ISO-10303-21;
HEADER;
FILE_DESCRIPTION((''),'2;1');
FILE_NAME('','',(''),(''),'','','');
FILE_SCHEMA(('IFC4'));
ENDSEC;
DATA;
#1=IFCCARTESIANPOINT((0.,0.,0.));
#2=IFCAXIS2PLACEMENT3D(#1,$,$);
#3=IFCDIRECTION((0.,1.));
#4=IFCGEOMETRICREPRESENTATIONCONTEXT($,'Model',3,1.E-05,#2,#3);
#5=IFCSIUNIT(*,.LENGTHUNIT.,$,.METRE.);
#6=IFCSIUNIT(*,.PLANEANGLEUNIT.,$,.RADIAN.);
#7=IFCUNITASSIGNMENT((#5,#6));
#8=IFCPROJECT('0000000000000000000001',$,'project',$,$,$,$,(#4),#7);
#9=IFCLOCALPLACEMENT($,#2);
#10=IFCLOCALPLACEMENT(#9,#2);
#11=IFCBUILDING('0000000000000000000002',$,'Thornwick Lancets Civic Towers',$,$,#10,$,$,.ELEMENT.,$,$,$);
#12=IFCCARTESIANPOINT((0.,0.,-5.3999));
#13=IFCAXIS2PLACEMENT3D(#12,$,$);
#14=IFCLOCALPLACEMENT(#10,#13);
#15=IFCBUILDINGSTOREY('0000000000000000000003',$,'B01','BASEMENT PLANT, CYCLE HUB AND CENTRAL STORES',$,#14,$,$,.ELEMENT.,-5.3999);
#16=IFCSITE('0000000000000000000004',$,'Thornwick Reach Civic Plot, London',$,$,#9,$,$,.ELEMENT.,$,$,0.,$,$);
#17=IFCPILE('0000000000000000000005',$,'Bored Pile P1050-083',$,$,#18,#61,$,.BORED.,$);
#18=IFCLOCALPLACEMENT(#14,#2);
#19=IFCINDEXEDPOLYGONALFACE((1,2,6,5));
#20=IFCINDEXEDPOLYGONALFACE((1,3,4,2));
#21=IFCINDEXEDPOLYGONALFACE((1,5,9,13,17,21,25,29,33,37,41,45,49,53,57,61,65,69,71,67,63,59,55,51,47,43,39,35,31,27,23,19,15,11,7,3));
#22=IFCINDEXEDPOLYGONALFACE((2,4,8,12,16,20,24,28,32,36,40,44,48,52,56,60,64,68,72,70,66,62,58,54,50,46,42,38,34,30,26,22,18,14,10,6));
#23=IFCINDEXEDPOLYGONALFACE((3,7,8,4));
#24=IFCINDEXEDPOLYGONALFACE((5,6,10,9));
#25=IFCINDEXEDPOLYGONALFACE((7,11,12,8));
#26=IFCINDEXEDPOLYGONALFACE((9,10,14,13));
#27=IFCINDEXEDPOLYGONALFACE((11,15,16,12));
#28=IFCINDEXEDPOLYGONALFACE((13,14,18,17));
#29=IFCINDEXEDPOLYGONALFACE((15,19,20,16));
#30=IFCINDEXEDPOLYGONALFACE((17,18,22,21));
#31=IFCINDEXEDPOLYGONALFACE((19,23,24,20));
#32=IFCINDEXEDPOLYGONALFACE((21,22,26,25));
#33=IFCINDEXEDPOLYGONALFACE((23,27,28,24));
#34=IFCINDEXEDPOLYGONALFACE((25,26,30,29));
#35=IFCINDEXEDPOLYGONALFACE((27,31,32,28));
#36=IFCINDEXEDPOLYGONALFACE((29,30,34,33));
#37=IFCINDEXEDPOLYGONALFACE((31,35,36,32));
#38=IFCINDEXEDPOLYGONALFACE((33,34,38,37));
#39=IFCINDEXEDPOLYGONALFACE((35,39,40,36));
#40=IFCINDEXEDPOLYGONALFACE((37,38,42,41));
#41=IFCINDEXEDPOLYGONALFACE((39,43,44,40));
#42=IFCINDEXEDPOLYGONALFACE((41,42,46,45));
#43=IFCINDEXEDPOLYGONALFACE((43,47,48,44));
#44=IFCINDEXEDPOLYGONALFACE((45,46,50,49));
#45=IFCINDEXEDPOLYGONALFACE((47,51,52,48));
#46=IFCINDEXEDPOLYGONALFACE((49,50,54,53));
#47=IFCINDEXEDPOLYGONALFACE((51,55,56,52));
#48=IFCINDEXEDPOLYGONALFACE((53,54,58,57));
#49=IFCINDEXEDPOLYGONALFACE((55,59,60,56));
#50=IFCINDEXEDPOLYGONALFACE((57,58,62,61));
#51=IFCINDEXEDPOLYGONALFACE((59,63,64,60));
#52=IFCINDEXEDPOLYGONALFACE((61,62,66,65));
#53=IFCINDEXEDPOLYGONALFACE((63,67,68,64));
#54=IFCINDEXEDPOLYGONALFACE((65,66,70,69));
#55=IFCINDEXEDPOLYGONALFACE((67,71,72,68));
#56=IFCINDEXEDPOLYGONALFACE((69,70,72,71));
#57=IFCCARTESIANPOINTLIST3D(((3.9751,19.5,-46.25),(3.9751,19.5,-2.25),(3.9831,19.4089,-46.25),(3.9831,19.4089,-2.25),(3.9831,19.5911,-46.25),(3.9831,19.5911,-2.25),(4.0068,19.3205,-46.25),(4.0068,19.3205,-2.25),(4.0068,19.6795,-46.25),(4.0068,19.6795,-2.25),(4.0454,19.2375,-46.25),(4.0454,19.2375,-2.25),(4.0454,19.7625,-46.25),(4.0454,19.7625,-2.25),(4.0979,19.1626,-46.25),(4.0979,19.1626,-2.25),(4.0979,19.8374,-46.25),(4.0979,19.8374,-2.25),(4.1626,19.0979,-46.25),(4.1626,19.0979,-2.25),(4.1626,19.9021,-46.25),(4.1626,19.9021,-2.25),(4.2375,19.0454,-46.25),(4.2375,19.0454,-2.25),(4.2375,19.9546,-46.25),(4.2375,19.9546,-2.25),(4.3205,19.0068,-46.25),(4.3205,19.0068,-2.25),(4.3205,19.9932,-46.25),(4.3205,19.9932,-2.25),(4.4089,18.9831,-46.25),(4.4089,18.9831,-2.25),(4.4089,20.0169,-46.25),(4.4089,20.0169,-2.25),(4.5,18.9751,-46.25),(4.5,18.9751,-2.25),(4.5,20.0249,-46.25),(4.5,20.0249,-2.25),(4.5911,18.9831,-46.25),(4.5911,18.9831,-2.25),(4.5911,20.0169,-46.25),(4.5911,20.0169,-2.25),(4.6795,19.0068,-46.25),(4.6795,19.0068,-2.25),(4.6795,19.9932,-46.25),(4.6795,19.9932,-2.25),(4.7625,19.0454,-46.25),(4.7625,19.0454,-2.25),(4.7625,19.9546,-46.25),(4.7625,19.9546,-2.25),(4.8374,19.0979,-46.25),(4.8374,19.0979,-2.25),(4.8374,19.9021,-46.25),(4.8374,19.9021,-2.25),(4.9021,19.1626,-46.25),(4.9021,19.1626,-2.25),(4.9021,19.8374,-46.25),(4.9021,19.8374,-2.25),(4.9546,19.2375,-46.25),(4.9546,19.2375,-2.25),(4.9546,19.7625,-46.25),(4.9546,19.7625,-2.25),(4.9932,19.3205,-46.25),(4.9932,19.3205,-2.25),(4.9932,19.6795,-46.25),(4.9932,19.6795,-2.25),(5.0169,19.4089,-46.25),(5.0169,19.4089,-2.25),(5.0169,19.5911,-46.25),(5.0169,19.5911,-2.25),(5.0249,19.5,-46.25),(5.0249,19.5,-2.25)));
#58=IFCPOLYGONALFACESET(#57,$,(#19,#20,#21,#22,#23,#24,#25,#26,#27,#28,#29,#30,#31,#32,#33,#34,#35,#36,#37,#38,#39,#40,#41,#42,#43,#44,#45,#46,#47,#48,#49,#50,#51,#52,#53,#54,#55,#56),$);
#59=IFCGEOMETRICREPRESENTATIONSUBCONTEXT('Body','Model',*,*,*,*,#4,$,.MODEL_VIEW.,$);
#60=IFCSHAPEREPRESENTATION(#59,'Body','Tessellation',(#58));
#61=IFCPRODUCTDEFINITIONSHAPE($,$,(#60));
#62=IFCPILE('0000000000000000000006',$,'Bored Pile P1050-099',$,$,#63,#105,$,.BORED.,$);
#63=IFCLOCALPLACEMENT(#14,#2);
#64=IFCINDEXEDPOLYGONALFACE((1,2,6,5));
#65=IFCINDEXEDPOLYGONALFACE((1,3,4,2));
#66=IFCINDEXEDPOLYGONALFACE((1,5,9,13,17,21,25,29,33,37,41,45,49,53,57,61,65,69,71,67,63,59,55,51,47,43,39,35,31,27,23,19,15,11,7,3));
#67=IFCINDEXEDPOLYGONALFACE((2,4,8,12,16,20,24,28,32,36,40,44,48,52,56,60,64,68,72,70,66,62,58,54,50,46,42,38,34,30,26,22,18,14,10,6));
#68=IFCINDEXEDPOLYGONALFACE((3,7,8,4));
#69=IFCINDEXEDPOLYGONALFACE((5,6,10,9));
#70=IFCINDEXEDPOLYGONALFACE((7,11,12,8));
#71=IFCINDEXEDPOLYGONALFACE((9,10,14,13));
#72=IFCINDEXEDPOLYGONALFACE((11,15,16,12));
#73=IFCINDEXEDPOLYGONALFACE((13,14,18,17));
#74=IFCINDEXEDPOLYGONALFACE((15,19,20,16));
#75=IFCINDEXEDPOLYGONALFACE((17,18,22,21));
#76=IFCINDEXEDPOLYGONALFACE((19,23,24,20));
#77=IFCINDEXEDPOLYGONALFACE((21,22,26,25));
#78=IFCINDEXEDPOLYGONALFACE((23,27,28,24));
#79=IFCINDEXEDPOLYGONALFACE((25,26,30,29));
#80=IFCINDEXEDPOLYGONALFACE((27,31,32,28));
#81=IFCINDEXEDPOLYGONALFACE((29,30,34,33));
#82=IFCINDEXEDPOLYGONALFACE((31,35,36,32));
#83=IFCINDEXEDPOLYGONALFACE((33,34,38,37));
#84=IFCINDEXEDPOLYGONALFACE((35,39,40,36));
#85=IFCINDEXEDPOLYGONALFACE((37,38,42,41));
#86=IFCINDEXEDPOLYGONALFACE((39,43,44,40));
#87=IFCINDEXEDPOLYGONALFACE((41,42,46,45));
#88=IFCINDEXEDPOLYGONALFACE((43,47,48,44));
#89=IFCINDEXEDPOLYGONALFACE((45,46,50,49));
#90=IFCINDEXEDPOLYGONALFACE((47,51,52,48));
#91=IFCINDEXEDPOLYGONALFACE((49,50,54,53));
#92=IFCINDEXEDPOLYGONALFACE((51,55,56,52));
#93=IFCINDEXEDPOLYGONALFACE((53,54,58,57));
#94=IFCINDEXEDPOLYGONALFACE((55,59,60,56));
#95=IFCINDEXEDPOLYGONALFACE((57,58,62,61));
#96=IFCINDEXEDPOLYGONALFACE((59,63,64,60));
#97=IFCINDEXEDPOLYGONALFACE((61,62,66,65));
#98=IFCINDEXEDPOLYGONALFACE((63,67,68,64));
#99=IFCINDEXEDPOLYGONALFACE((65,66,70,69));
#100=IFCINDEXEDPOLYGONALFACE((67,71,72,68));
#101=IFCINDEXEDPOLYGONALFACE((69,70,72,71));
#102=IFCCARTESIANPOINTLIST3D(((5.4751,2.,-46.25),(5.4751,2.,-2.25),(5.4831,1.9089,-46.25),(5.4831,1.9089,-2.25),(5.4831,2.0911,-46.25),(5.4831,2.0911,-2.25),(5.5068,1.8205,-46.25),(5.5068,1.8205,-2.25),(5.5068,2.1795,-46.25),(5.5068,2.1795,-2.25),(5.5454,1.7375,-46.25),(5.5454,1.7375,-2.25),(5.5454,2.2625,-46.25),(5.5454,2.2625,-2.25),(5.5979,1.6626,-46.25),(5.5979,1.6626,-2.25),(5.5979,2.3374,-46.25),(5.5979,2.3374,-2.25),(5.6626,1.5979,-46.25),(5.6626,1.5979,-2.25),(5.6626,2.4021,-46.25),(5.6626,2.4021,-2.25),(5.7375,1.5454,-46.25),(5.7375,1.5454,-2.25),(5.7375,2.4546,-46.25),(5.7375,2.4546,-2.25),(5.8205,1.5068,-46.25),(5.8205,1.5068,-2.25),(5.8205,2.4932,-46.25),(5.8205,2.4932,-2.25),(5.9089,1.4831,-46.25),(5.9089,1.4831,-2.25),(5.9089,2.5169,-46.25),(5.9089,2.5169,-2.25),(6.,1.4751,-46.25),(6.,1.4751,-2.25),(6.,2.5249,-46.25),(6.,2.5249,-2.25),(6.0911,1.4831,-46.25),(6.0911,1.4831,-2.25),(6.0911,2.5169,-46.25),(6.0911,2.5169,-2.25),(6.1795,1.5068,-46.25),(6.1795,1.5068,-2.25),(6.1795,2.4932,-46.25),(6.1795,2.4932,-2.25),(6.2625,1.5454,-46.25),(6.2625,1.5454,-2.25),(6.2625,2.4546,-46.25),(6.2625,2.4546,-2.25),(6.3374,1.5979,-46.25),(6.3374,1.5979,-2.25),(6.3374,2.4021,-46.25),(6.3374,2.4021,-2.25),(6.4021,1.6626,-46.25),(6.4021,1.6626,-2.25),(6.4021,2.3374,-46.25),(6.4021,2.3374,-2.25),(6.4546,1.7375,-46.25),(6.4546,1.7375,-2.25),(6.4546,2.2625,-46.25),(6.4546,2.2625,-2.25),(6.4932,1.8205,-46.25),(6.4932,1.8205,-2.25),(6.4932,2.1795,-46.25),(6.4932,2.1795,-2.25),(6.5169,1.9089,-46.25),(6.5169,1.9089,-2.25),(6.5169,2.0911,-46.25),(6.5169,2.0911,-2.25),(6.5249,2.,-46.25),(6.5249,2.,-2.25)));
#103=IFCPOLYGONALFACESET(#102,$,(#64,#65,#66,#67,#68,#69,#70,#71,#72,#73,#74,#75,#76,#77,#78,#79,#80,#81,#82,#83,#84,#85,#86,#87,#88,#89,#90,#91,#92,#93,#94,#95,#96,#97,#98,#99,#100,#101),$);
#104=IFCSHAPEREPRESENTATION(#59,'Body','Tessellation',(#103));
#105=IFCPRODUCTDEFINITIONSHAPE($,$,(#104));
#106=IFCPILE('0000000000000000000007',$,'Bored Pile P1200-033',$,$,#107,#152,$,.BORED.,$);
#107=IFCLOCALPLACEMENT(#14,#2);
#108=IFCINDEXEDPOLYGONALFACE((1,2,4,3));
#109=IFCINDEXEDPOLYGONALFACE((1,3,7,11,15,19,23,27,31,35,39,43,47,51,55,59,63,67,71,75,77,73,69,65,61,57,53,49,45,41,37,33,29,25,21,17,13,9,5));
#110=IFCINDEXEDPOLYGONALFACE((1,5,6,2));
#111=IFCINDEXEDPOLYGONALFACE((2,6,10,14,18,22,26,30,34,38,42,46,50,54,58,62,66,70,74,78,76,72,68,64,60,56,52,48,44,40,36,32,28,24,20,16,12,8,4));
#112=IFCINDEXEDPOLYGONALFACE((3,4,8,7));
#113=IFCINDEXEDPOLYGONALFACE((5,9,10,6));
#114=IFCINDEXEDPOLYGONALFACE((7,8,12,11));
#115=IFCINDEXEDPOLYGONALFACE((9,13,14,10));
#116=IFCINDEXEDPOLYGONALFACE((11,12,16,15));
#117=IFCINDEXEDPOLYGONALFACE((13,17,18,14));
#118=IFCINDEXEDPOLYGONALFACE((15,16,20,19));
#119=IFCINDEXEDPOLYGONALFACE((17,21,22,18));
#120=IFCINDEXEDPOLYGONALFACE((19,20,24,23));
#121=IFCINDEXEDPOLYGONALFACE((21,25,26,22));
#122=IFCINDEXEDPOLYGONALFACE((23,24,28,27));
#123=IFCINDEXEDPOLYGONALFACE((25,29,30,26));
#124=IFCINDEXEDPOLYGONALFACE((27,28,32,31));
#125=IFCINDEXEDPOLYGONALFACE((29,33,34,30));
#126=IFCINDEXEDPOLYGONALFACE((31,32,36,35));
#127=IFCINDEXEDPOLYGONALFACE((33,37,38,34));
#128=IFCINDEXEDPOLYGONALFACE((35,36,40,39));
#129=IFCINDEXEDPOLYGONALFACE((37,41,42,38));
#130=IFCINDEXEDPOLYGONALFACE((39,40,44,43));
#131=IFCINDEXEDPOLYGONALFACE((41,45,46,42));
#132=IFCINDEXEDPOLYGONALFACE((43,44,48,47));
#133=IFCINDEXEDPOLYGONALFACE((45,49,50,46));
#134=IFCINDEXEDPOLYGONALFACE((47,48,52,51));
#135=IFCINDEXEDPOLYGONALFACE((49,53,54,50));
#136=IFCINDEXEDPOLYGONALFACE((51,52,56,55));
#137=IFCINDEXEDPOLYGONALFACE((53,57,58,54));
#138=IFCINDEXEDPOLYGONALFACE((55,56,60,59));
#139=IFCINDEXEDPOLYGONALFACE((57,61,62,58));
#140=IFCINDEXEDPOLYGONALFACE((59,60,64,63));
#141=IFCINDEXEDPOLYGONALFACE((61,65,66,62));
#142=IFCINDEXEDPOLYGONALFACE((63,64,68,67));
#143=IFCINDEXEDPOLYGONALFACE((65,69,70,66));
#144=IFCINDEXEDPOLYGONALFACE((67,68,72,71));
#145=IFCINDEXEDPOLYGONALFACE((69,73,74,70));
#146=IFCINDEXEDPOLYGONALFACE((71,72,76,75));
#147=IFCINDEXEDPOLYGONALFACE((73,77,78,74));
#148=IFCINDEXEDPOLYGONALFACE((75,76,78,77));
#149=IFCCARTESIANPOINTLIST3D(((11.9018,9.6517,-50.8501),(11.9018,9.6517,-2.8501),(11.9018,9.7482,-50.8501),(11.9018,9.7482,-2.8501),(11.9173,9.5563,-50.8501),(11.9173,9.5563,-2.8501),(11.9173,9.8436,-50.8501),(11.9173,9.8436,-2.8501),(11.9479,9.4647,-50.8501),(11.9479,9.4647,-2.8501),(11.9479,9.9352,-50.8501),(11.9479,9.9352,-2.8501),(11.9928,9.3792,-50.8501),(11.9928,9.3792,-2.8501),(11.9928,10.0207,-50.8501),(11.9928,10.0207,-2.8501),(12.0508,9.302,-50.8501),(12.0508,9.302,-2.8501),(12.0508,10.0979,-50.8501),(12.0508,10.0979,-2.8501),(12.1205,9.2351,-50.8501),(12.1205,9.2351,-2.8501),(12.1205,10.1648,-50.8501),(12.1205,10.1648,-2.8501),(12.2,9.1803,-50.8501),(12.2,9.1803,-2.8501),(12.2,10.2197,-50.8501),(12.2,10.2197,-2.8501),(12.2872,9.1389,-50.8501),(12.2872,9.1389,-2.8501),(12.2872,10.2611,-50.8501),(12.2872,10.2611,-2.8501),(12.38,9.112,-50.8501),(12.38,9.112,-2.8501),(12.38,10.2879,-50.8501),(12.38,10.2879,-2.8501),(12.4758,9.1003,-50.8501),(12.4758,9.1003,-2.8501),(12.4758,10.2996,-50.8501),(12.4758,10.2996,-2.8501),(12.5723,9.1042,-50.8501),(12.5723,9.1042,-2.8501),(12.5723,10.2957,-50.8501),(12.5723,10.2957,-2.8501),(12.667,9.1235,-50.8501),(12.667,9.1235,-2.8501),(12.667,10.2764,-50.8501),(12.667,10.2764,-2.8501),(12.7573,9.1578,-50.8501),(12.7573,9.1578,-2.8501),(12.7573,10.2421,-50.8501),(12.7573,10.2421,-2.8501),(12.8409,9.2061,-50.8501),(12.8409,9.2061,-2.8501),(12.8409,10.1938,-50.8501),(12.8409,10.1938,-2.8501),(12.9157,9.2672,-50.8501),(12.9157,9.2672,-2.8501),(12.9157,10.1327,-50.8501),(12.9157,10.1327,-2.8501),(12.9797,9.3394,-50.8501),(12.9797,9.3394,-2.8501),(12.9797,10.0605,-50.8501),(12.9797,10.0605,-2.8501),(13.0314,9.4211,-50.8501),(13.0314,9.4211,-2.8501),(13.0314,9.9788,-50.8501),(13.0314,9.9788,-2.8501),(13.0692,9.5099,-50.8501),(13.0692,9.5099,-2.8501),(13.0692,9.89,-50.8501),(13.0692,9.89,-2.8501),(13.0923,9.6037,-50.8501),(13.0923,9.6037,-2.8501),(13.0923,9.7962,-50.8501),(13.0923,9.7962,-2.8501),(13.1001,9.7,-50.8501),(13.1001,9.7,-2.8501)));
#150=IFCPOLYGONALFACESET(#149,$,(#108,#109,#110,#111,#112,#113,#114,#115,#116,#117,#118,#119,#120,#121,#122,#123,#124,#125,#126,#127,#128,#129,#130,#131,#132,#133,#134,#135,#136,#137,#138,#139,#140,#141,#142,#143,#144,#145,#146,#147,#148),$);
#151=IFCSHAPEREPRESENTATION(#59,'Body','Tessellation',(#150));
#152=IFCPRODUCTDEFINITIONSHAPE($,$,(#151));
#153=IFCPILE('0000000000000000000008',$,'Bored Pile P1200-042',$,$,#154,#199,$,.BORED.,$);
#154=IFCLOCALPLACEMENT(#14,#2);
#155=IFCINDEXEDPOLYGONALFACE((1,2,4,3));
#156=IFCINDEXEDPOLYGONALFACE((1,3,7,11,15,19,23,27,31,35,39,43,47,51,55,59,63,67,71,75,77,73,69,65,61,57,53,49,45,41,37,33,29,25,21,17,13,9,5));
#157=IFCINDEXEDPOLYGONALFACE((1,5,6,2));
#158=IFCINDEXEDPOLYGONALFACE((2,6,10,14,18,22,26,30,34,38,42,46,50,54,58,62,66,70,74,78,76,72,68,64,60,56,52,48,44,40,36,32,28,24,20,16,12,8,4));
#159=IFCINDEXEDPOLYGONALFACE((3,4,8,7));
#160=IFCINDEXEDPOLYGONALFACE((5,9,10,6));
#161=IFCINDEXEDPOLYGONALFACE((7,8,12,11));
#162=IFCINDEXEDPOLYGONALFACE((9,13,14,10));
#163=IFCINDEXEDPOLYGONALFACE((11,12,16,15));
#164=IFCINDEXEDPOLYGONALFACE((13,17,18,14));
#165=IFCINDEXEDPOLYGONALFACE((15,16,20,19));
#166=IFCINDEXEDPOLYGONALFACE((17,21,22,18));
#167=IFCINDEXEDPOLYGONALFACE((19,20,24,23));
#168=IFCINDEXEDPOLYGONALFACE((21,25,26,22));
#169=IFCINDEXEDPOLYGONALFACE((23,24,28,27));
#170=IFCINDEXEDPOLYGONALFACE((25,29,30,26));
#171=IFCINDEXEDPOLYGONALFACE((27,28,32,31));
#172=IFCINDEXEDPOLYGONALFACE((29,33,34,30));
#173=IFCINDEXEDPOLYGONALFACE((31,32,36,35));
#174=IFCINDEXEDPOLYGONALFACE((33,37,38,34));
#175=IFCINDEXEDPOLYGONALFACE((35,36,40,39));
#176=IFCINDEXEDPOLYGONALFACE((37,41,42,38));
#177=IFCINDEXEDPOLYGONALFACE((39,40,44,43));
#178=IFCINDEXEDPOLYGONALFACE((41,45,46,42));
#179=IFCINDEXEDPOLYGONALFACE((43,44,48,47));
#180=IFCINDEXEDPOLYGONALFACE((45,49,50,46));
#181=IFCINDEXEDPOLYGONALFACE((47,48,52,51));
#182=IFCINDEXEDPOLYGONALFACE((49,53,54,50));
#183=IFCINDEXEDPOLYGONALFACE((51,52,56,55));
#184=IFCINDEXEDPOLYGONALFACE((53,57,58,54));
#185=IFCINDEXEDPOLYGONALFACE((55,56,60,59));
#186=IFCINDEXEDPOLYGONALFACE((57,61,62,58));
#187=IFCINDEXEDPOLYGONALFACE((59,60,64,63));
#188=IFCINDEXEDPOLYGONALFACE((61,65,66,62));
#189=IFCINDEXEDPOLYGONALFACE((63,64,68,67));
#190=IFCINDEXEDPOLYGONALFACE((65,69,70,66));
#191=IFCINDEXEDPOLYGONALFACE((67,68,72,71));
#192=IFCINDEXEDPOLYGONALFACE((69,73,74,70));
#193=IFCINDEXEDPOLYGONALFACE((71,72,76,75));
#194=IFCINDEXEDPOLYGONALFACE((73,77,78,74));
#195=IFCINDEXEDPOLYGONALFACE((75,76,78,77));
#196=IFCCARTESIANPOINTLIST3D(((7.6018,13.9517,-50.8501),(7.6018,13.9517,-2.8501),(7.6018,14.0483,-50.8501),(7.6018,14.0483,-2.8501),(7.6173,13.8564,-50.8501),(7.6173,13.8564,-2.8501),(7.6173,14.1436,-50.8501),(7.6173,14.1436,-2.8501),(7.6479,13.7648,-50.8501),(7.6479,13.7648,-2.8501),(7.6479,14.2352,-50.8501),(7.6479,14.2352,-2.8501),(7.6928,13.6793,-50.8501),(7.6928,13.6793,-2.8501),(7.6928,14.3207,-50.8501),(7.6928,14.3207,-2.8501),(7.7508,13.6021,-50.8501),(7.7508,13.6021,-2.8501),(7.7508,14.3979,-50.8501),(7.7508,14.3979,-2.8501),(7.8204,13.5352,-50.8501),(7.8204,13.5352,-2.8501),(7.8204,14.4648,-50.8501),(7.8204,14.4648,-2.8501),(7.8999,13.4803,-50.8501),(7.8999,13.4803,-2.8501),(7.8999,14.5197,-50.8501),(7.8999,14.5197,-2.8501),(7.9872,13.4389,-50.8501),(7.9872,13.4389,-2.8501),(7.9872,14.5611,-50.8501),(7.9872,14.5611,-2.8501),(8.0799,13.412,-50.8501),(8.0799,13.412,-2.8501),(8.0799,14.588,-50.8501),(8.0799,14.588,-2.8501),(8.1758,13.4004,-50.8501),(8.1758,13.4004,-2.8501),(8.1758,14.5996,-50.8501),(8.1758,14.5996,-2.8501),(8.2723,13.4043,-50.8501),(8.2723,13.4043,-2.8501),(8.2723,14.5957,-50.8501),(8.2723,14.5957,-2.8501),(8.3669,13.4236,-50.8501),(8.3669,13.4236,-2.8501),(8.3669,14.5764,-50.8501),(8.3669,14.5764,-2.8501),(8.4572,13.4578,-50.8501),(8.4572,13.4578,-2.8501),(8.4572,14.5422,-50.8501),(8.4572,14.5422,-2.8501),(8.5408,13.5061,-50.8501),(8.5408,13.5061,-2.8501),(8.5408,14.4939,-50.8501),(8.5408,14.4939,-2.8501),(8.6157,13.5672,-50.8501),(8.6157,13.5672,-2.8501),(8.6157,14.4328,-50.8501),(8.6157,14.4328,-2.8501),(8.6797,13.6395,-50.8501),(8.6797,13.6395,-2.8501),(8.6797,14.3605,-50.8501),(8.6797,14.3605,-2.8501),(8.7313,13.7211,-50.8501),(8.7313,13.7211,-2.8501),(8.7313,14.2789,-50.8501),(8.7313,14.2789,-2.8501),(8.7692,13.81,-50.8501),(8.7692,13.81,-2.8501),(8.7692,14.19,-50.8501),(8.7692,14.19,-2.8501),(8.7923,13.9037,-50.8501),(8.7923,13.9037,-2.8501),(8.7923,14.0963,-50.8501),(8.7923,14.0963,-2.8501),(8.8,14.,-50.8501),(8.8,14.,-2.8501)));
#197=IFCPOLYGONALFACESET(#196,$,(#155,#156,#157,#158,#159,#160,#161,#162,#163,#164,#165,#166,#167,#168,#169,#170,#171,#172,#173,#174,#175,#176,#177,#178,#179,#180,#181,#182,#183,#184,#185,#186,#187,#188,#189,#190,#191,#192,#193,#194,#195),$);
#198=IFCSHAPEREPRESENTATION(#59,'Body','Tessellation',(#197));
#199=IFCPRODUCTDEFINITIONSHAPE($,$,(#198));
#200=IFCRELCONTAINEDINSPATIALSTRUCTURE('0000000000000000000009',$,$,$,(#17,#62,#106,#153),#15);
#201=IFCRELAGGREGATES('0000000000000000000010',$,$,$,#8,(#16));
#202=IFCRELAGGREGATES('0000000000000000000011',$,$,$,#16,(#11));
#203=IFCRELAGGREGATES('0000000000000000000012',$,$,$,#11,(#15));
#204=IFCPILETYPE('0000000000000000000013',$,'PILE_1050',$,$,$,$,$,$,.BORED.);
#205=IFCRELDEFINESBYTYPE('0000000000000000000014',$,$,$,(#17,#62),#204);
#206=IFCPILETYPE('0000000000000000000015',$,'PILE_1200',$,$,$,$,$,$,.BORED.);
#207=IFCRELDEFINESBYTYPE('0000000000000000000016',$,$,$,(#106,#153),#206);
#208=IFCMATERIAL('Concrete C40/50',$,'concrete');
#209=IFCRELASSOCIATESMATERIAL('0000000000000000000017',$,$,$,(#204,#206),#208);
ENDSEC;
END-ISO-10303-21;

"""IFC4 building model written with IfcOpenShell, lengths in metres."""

from ifc_helpers import new_model, si_unit, direction, frame, origin, origin_2d, place, context, subcontext, project, spatial, circle, extrude, material, material_profile, profile_set, type_object, element, save


model = new_model("IFC4")

# Units and contexts
model_context = context("Model", 3, precision=1e-05, world=origin(), true_north=direction((0.0, 1.0)))
body_context = subcontext(model_context, "Body", "Model", "MODEL_VIEW")
ifc_project = project(units=[si_unit("LENGTHUNIT", "METRE"), si_unit("PLANEANGLEUNIT", "RADIAN")], contexts=[model_context])

# Site, building, storey
site_placement = place(None, origin())
site = spatial("IfcSite", under=ifc_project, at=site_placement, Name="Thornwick Reach Civic Plot, London", CompositionType="ELEMENT", RefElevation=0.0)
building_placement = place(site_placement, origin())
building = spatial("IfcBuilding", under=site, at=building_placement, Name="Thornwick Lancets Civic Towers", CompositionType="ELEMENT")
storey_placement = place(building_placement, frame((0.0, 0.0, -5.3999)))
storey = spatial("IfcBuildingStorey", under=building, at=storey_placement, Name="B01", Description="BASEMENT PLANT, CYCLE HUB AND CENTRAL STORES", CompositionType="ELEMENT", Elevation=-5.3999)

# Shared definitions
ifc_material_1 = material(Name="Concrete C40/50", Category="concrete")

# Piles
ifc_material_profile_1 = material_profile(ifc_material_1, circle(Radius=0.5249, at=origin_2d()), Name="PILE D1050")
ifc_profile_set_1 = profile_set([ifc_material_profile_1], Name="Concrete C40/50")
pile_type_1 = type_object("IfcPileType", Name="PILE_1050", PredefinedType="BORED", material=ifc_profile_set_1)
for number, where, z_axis, x_axis, name in (
    (1, (4.5, 19.5, -2.25), (0.0, 0.0, -1.0), (1.0, 0.0, 0.0), "Bored Pile P1050-083"),
    (2, (6.0, 2.0, -2.25), (0.0, 0.0, -1.0), (1.0, 0.0, 0.0), "Bored Pile P1050-099"),
):
    element("IfcPile", number, at=place(storey_placement, frame(where, z_axis=z_axis, x_axis=x_axis)), inside=storey, type_object=pile_type_1, Name=name, PredefinedType="BORED", context=body_context, shape_type="SweptSolid", body=[
        extrude(circle(Radius=0.5249, at=origin_2d()), origin(), (0.0, 0.0, 1.0), 44.0),
    ])
ifc_material_profile_2 = material_profile(ifc_material_1, circle(Radius=0.6001, at=origin_2d()), Name="PILE D1200")
ifc_profile_set_2 = profile_set([ifc_material_profile_2], Name="Concrete C40/50")
pile_type_2 = type_object("IfcPileType", Name="PILE_1200", PredefinedType="BORED", material=ifc_profile_set_2)
for number, where, z_axis, x_axis, name in (
    (3, (12.5, 9.7, -2.8501), (0.0, 0.0, -1.0), (1.0, 0.0, 0.0), "Bored Pile P1200-033"),
    (4, (8.2, 14.0, -2.8501), (0.0, 0.0, -1.0), (1.0, 0.0, 0.0), "Bored Pile P1200-042"),
):
    element("IfcPile", number, at=place(storey_placement, frame(where, z_axis=z_axis, x_axis=x_axis)), inside=storey, type_object=pile_type_2, Name=name, PredefinedType="BORED", context=body_context, shape_type="SweptSolid", body=[
        extrude(circle(Radius=0.6001, at=origin_2d()), origin(), (0.0, 0.0, 1.0), 48.0),
    ])

save(model, "model.ifc")
